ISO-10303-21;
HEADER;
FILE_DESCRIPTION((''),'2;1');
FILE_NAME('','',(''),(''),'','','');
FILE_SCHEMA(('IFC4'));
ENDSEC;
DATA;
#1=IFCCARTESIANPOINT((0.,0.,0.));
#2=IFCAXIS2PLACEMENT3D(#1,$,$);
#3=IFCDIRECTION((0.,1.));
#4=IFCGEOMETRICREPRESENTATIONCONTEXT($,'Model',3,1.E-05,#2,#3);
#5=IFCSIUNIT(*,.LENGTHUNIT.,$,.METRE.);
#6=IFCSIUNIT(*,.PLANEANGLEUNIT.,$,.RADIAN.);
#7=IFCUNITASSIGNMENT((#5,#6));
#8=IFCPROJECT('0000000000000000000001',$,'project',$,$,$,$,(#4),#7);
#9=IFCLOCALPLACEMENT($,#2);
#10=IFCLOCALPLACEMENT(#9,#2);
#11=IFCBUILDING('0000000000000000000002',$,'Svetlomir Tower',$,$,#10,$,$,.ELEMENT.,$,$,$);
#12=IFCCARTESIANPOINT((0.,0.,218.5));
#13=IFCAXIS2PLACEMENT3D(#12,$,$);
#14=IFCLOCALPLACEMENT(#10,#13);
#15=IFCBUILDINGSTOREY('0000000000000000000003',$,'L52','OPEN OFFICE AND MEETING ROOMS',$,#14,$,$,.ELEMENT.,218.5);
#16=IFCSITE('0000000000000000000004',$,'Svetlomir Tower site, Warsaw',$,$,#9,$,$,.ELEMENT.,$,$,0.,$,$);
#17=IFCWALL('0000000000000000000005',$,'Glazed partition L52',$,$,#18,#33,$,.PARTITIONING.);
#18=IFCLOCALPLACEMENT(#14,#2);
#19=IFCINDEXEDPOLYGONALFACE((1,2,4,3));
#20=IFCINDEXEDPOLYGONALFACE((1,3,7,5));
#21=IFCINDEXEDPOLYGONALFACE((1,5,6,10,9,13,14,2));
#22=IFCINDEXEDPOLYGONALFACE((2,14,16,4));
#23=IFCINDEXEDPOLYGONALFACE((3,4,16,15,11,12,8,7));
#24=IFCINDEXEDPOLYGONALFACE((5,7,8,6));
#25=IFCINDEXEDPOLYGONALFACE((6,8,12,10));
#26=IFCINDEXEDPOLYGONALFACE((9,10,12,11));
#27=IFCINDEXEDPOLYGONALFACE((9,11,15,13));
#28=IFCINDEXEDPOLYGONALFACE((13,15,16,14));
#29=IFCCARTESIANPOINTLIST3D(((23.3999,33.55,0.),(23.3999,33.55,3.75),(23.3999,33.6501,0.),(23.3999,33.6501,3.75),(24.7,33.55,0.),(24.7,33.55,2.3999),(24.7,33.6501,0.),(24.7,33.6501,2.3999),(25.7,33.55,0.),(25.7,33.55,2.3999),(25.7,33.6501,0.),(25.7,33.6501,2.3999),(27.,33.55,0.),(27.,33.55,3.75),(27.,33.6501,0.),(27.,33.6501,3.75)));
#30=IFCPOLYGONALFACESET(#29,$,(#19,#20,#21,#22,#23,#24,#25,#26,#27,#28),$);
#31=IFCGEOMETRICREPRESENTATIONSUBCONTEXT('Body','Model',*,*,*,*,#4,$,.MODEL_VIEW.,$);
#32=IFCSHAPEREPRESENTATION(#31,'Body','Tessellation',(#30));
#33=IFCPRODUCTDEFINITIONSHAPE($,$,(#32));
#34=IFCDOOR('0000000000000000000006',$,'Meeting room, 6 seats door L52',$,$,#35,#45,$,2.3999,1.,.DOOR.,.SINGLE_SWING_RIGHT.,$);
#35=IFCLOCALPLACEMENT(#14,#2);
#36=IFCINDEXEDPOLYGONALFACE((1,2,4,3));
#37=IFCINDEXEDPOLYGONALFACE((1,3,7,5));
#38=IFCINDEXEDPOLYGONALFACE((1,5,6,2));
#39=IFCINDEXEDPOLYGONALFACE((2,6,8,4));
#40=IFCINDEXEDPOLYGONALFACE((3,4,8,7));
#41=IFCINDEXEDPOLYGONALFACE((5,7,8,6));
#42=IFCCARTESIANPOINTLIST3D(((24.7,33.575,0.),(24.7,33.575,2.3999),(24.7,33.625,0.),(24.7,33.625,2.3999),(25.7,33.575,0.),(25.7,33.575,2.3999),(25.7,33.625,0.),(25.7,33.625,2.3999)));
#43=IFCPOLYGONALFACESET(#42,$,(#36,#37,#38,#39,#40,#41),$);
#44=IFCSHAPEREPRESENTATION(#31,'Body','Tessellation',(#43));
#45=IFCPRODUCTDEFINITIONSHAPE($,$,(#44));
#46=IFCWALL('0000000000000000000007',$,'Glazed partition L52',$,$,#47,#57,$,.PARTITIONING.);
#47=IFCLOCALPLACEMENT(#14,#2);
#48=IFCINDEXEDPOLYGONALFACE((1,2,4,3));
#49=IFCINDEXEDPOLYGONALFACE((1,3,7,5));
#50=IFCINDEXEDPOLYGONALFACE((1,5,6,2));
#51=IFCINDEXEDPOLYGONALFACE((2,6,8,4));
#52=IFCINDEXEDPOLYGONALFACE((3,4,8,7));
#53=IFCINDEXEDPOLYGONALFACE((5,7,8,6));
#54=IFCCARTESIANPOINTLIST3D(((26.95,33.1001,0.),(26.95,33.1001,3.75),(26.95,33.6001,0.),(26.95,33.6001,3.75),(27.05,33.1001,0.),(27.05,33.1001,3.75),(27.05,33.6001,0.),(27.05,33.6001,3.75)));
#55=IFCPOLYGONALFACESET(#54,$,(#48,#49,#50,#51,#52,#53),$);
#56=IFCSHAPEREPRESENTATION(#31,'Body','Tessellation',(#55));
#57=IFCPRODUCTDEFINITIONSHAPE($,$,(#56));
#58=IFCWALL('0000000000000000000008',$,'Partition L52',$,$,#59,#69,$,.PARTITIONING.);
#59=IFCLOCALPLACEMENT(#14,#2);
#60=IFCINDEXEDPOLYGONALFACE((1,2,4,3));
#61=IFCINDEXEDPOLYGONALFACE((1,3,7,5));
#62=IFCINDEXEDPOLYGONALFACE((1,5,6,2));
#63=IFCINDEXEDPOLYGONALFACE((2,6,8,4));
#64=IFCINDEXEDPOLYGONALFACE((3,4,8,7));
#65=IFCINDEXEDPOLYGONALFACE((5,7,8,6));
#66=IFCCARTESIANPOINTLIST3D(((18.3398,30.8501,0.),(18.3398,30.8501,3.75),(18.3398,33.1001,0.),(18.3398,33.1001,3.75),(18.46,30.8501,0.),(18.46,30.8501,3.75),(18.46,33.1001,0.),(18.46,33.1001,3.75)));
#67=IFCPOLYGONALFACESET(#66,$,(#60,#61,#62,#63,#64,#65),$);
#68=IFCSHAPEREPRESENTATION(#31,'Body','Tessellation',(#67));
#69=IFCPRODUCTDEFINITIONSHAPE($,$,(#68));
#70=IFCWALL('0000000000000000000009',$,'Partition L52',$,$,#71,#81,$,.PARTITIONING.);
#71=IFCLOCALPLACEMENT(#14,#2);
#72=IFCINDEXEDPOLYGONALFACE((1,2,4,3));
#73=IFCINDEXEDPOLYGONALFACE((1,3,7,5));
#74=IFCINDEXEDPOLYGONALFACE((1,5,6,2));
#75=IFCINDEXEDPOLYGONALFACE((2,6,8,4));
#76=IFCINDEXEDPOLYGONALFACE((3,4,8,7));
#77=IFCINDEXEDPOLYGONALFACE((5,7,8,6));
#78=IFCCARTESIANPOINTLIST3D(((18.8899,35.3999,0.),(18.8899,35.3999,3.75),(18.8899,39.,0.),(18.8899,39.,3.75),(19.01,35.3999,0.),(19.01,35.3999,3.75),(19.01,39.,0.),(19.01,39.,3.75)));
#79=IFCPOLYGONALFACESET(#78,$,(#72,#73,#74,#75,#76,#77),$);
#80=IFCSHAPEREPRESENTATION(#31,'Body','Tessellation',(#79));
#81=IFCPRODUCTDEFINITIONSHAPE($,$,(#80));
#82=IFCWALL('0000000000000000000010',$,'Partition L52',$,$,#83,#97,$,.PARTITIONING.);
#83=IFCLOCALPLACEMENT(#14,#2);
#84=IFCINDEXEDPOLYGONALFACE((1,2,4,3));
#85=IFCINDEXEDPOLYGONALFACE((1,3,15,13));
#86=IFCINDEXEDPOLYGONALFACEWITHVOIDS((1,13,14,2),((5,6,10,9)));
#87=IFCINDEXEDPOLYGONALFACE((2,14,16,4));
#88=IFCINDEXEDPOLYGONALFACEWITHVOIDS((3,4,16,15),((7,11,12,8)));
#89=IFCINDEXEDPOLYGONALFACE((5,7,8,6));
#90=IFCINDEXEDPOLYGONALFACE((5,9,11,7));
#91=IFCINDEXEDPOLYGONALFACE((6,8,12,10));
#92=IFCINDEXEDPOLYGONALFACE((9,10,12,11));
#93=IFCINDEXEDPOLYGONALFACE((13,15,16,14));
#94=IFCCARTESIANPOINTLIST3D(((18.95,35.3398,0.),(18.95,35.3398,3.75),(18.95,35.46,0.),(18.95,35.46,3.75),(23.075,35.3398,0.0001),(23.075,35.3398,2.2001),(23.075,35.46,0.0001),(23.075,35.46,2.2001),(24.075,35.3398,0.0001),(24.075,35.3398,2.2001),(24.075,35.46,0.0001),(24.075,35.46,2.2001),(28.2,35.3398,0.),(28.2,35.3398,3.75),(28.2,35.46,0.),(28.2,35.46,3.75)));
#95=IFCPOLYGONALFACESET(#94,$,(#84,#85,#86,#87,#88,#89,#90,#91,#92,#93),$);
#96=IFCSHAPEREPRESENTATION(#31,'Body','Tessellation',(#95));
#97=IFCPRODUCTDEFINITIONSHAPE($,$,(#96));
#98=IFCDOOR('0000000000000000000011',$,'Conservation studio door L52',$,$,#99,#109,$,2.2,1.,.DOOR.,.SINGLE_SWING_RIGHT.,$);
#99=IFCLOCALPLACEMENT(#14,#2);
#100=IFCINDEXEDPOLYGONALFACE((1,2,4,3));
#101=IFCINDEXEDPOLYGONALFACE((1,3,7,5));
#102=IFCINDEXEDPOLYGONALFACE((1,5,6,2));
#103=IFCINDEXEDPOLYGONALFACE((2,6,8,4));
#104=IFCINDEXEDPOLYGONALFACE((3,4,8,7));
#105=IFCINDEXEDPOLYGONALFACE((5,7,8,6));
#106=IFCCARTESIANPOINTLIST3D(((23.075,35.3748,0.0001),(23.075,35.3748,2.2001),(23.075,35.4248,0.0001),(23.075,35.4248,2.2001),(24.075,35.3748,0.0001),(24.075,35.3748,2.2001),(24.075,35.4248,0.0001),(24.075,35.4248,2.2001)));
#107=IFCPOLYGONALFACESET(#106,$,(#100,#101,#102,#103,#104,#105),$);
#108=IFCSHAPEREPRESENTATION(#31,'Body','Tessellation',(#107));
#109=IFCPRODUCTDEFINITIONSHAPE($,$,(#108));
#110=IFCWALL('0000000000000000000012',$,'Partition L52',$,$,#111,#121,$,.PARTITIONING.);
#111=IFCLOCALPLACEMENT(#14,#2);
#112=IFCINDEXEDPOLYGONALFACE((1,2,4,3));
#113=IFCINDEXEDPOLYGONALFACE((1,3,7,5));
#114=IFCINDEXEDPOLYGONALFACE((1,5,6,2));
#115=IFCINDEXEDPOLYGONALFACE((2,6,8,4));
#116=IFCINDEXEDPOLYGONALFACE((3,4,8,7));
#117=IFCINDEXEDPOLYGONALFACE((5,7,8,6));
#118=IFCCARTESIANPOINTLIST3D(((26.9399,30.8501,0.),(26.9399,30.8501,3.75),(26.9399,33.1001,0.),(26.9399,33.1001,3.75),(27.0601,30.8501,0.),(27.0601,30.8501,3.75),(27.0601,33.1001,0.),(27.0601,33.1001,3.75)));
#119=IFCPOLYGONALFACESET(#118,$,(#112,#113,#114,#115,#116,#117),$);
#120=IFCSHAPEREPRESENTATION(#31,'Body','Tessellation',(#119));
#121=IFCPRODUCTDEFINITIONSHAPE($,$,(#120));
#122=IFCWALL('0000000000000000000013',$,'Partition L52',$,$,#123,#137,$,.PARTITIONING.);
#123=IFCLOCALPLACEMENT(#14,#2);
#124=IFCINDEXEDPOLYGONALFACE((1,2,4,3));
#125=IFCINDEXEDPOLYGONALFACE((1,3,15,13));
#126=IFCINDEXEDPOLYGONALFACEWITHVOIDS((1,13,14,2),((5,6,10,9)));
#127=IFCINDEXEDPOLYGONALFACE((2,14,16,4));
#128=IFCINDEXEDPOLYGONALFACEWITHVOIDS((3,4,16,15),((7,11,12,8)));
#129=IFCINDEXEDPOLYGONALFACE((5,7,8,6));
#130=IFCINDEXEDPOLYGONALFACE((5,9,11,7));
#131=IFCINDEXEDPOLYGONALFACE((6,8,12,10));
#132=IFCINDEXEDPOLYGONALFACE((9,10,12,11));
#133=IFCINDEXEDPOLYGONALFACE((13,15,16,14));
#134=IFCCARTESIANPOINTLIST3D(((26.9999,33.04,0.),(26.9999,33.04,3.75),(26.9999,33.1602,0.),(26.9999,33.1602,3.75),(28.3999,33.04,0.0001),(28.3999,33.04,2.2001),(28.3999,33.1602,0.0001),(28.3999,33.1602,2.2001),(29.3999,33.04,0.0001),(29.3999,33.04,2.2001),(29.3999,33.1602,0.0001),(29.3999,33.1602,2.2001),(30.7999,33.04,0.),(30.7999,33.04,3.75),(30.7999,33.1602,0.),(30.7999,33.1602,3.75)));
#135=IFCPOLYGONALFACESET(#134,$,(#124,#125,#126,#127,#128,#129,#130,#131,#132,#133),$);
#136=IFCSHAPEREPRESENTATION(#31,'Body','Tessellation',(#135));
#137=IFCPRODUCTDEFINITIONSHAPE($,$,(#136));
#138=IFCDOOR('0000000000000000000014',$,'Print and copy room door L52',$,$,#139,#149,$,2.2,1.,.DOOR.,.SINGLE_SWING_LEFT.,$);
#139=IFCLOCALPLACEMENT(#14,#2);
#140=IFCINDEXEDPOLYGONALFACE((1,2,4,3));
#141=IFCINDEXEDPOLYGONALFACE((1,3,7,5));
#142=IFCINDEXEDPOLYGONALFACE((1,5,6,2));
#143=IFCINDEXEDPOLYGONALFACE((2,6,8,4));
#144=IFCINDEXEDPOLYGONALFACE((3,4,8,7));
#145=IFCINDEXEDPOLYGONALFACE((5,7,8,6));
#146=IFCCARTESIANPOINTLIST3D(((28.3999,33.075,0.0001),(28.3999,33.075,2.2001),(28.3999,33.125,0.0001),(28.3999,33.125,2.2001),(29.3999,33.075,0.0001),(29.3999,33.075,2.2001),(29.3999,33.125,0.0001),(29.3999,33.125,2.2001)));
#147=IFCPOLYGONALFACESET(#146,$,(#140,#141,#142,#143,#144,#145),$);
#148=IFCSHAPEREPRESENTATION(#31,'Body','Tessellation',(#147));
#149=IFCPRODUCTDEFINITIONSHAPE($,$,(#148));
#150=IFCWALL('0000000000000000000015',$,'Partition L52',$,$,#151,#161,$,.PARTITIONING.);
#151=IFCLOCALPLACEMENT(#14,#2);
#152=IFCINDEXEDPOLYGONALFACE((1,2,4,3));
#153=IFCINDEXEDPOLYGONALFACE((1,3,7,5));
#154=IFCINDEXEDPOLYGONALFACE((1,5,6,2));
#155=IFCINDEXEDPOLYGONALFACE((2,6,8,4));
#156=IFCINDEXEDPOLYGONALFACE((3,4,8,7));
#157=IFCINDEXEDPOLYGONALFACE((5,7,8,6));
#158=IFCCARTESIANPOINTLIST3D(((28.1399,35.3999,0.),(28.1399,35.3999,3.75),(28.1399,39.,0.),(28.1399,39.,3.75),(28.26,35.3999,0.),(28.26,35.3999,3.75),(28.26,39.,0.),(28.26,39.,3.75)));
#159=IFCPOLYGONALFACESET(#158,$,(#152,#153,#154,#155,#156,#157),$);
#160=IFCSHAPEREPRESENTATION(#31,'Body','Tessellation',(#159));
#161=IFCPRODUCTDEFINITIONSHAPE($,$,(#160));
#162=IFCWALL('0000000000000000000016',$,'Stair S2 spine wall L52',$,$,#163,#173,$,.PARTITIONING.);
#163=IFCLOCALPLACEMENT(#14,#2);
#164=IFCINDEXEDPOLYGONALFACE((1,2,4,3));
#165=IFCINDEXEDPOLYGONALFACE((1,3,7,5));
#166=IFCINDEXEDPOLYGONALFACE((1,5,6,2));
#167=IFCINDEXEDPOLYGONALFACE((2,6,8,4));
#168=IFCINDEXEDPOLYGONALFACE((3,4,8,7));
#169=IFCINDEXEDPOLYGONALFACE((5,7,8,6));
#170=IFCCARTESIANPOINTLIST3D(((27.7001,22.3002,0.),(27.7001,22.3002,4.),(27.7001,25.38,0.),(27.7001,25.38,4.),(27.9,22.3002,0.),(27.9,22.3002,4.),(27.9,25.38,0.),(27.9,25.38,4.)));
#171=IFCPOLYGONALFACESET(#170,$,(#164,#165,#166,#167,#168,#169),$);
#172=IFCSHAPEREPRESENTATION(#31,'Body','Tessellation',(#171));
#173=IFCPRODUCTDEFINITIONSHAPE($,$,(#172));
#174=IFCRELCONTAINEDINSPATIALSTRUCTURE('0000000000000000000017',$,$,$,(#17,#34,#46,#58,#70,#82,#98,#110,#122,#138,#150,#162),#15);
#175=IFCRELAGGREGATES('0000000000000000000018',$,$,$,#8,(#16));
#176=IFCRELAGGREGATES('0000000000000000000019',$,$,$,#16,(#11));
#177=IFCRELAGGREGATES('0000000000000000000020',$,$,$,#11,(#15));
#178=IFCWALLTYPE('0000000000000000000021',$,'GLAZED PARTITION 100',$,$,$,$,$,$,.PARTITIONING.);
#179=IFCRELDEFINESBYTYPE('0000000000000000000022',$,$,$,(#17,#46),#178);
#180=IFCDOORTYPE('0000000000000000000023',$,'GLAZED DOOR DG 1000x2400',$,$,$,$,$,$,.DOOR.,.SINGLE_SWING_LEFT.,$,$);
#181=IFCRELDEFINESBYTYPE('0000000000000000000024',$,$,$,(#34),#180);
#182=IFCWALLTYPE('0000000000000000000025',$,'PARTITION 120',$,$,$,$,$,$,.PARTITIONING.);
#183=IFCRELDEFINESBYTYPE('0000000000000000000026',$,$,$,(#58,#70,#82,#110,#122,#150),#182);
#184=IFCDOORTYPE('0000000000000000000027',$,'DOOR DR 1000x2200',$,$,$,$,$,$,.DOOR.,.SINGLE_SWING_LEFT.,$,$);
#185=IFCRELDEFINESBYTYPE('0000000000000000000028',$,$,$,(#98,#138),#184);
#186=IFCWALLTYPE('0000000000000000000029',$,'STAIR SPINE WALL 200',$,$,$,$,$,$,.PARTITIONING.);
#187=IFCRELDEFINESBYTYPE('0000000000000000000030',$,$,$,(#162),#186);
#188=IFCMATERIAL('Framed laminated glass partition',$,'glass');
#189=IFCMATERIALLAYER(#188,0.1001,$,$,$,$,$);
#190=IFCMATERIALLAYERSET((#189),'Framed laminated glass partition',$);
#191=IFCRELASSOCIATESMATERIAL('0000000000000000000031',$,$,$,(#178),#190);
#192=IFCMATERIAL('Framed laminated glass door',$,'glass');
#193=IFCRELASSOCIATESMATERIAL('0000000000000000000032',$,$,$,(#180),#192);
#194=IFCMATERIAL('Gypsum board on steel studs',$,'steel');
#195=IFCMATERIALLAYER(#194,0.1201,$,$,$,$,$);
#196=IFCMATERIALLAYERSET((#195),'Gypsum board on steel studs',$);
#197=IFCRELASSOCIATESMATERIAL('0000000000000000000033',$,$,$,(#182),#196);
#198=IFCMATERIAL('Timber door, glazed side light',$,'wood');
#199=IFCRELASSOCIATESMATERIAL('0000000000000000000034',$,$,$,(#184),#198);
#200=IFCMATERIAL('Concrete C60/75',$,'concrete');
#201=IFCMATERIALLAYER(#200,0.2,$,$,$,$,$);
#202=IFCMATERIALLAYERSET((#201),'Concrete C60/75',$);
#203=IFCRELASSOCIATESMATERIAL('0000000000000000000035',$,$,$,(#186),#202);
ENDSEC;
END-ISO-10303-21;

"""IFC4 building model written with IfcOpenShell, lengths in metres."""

from ifc_helpers import new_model, si_unit, direction, frame, frame_2d, origin, place, context, subcontext, project, spatial, rectangle, extrude, material, layer, layer_set, type_object, element, fill, save


model = new_model("IFC4")

# Units and contexts
model_context = context("Model", 3, precision=1e-05, world=origin(), true_north=direction((0.0, 1.0)))
body_context = subcontext(model_context, "Body", "Model", "MODEL_VIEW")
ifc_project = project(units=[si_unit("LENGTHUNIT", "METRE"), si_unit("PLANEANGLEUNIT", "RADIAN")], contexts=[model_context])

# Site, building, storey
site_placement = place(None, origin())
site = spatial("IfcSite", under=ifc_project, at=site_placement, Name="Svetlomir Tower site, Warsaw", CompositionType="ELEMENT", RefElevation=0.0)
building_placement = place(site_placement, origin())
building = spatial("IfcBuilding", under=site, at=building_placement, Name="Svetlomir Tower", CompositionType="ELEMENT")
storey_placement = place(building_placement, frame((0.0, 0.0, 218.5)))
storey = spatial("IfcBuildingStorey", under=building, at=storey_placement, Name="L52", Description="OPEN OFFICE AND MEETING ROOMS", CompositionType="ELEMENT", Elevation=218.5)

# Shared definitions
ifc_material_1 = material(Name="Framed laminated glass partition", Category="glass")
ifc_layer_1 = layer(ifc_material_1, 0.1001)
ifc_layer_set_1 = layer_set([ifc_layer_1], Name="Framed laminated glass partition")
wall_type_1 = type_object("IfcWallType", Name="GLAZED PARTITION 100", PredefinedType="PARTITIONING", material=ifc_layer_set_1)

# Wall, opening, door
wall_1_placement = place(storey_placement, frame((23.3999, 33.6001, 0.0), z_axis=(0.0, 0.0, 1.0), x_axis=(1.0, 0.0, 0.0)))
wall_1 = element("IfcWall", 1, at=wall_1_placement, inside=storey, type_object=wall_type_1, Name="Glazed partition L52", PredefinedType="PARTITIONING", context=body_context, shape_type="SweptSolid", body=[
    extrude(rectangle(XDim=3.6001, YDim=0.1001, at=frame_2d((1.8, 0.0))), origin(), (0.0, 0.0, 1.0), 3.75),
])
opening_1_placement = place(wall_1_placement, frame((1.3, 0.0, 0.0)))
opening_1 = element("IfcOpeningElement", 2, at=opening_1_placement, cuts=wall_1, PredefinedType="OPENING", context=body_context, shape_type="SweptSolid", body=[
    extrude(rectangle(XDim=1.0, YDim=2.3999, at=frame_2d((0.5, 1.2))), frame((0.0, 0.0601, 0.0), z_axis=(0.0, -1.0, 0.0), x_axis=(1.0, 0.0, 0.0)), (0.0, 0.0, 1.0), 0.1201),
])
ifc_material_2 = material(Name="Framed laminated glass door", Category="glass")
door_type_1 = type_object("IfcDoorType", Name="GLAZED DOOR DG 1000x2400", OperationType="SINGLE_SWING_LEFT", PredefinedType="DOOR", material=ifc_material_2)
door_1_placement = place(opening_1_placement, origin())
door_1 = element("IfcDoor", 3, at=door_1_placement, inside=storey, type_object=door_type_1, Name="Meeting room, 6 seats door L52", OperationType="SINGLE_SWING_RIGHT", OverallHeight=2.3999, OverallWidth=1.0, PredefinedType="DOOR", context=body_context, shape_type="SweptSolid", body=[
    extrude(rectangle(XDim=1.0, YDim=2.3999, at=frame_2d((0.5, 1.2))), frame((0.0, 0.0249, 0.0), z_axis=(0.0, -1.0, 0.0), x_axis=(1.0, 0.0, 0.0)), (0.0, 0.0, 1.0), 0.05),
])
fill(opening_1, door_1)

# Walls
wall_2_placement = place(storey_placement, frame((27.0, 33.1001, 0.0), z_axis=(0.0, 0.0, 1.0), x_axis=(0.0, 1.0, 0.0)))
element("IfcWall", 4, at=wall_2_placement, inside=storey, type_object=wall_type_1, Name="Glazed partition L52", PredefinedType="PARTITIONING", context=body_context, shape_type="SweptSolid", body=[
    extrude(rectangle(XDim=0.5, YDim=0.1001, at=frame_2d((0.25, 0.0))), origin(), (0.0, 0.0, 1.0), 3.75),
])
ifc_material_3 = material(Name="Gypsum board on steel studs", Category="steel")
ifc_layer_2 = layer(ifc_material_3, 0.1201)
ifc_layer_set_2 = layer_set([ifc_layer_2], Name="Gypsum board on steel studs")
wall_type_2 = type_object("IfcWallType", Name="PARTITION 120", PredefinedType="PARTITIONING", material=ifc_layer_set_2)
wall_3_placement = place(storey_placement, frame((18.3999, 30.8501, 0.0), z_axis=(0.0, 0.0, 1.0), x_axis=(0.0, 1.0, 0.0)))
element("IfcWall", 5, at=wall_3_placement, inside=storey, type_object=wall_type_2, Name="Partition L52", PredefinedType="PARTITIONING", context=body_context, shape_type="SweptSolid", body=[
    extrude(rectangle(XDim=2.25, YDim=0.1201, at=frame_2d((1.125, 0.0))), origin(), (0.0, 0.0, 1.0), 3.75),
])
wall_4_placement = place(storey_placement, frame((18.95, 35.3999, 0.0), z_axis=(0.0, 0.0, 1.0), x_axis=(0.0, 1.0, 0.0)))
element("IfcWall", 6, at=wall_4_placement, inside=storey, type_object=wall_type_2, Name="Partition L52", PredefinedType="PARTITIONING", context=body_context, shape_type="SweptSolid", body=[
    extrude(rectangle(XDim=3.6001, YDim=0.1201, at=frame_2d((1.8, 0.0))), origin(), (0.0, 0.0, 1.0), 3.75),
])

# Wall, opening, door
wall_5_placement = place(storey_placement, frame((18.95, 35.3999, 0.0), z_axis=(0.0, 0.0, 1.0), x_axis=(1.0, 0.0, 0.0)))
wall_5 = element("IfcWall", 7, at=wall_5_placement, inside=storey, type_object=wall_type_2, Name="Partition L52", PredefinedType="PARTITIONING", context=body_context, shape_type="SweptSolid", body=[
    extrude(rectangle(XDim=9.25, YDim=0.1201, at=frame_2d((4.625, 0.0))), origin(), (0.0, 0.0, 1.0), 3.75),
])
opening_2_placement = place(wall_5_placement, frame((4.125, 0.0, 0.0)))
opening_2 = element("IfcOpeningElement", 8, at=opening_2_placement, cuts=wall_5, PredefinedType="OPENING", context=body_context, shape_type="SweptSolid", body=[
    extrude(rectangle(XDim=1.0, YDim=2.2, at=frame_2d((0.5, 1.1001))), frame((0.0, 0.0701, 0.0), z_axis=(0.0, -1.0, 0.0), x_axis=(1.0, 0.0, 0.0)), (0.0, 0.0, 1.0), 0.1401),
])
ifc_material_4 = material(Name="Timber door, glazed side light", Category="wood")
door_type_2 = type_object("IfcDoorType", Name="DOOR DR 1000x2200", OperationType="SINGLE_SWING_LEFT", PredefinedType="DOOR", material=ifc_material_4)
door_2_placement = place(opening_2_placement, origin())
door_2 = element("IfcDoor", 9, at=door_2_placement, inside=storey, type_object=door_type_2, Name="Conservation studio door L52", OperationType="SINGLE_SWING_RIGHT", OverallHeight=2.2, OverallWidth=1.0, PredefinedType="DOOR", context=body_context, shape_type="SweptSolid", body=[
    extrude(rectangle(XDim=1.0, YDim=2.2, at=frame_2d((0.5, 1.1001))), frame((0.0, 0.0249, 0.0), z_axis=(0.0, -1.0, 0.0), x_axis=(1.0, 0.0, 0.0)), (0.0, 0.0, 1.0), 0.05),
])
fill(opening_2, door_2)

# Wall
wall_6_placement = place(storey_placement, frame((27.0, 30.8501, 0.0), z_axis=(0.0, 0.0, 1.0), x_axis=(0.0, 1.0, 0.0)))
element("IfcWall", 10, at=wall_6_placement, inside=storey, type_object=wall_type_2, Name="Partition L52", PredefinedType="PARTITIONING", context=body_context, shape_type="SweptSolid", body=[
    extrude(rectangle(XDim=2.25, YDim=0.1201, at=frame_2d((1.125, 0.0))), origin(), (0.0, 0.0, 1.0), 3.75),
])

# Wall, opening, door
wall_7_placement = place(storey_placement, frame((27.0, 33.1001, 0.0), z_axis=(0.0, 0.0, 1.0), x_axis=(1.0, 0.0, 0.0)))
wall_7 = element("IfcWall", 11, at=wall_7_placement, inside=storey, type_object=wall_type_2, Name="Partition L52", PredefinedType="PARTITIONING", context=body_context, shape_type="SweptSolid", body=[
    extrude(rectangle(XDim=3.8, YDim=0.1201, at=frame_2d((1.8999, 0.0))), origin(), (0.0, 0.0, 1.0), 3.75),
])
opening_3_placement = place(wall_7_placement, frame((1.3999, 0.0, 0.0)))
opening_3 = element("IfcOpeningElement", 12, at=opening_3_placement, cuts=wall_7, PredefinedType="OPENING", context=body_context, shape_type="SweptSolid", body=[
    extrude(rectangle(XDim=1.0, YDim=2.2, at=frame_2d((0.5, 1.1001))), frame((0.0, 0.0701, 0.0), z_axis=(0.0, -1.0, 0.0), x_axis=(1.0, 0.0, 0.0)), (0.0, 0.0, 1.0), 0.1401),
])
door_3_placement = place(opening_3_placement, origin())
door_3 = element("IfcDoor", 13, at=door_3_placement, inside=storey, type_object=door_type_2, Name="Print and copy room door L52", OperationType="SINGLE_SWING_LEFT", OverallHeight=2.2, OverallWidth=1.0, PredefinedType="DOOR", context=body_context, shape_type="SweptSolid", body=[
    extrude(rectangle(XDim=1.0, YDim=2.2, at=frame_2d((0.5, 1.1001))), frame((0.0, 0.0249, 0.0), z_axis=(0.0, -1.0, 0.0), x_axis=(1.0, 0.0, 0.0)), (0.0, 0.0, 1.0), 0.05),
])
fill(opening_3, door_3)

# Walls
wall_8_placement = place(storey_placement, frame((28.2, 35.3999, 0.0), z_axis=(0.0, 0.0, 1.0), x_axis=(0.0, 1.0, 0.0)))
element("IfcWall", 14, at=wall_8_placement, inside=storey, type_object=wall_type_2, Name="Partition L52", PredefinedType="PARTITIONING", context=body_context, shape_type="SweptSolid", body=[
    extrude(rectangle(XDim=3.6001, YDim=0.1201, at=frame_2d((1.8, 0.0))), origin(), (0.0, 0.0, 1.0), 3.75),
])
ifc_material_5 = material(Name="Concrete C60/75", Category="concrete")
ifc_layer_3 = layer(ifc_material_5, 0.2)
ifc_layer_set_3 = layer_set([ifc_layer_3], Name="Concrete C60/75")
wall_type_3 = type_object("IfcWallType", Name="STAIR SPINE WALL 200", PredefinedType="PARTITIONING", material=ifc_layer_set_3)
wall_9_placement = place(storey_placement, frame((27.8, 22.3, 0.0), z_axis=(0.0, 0.0, 1.0), x_axis=(0.0, 1.0, 0.0)))
element("IfcWall", 15, at=wall_9_placement, inside=storey, type_object=wall_type_3, Name="Stair S2 spine wall L52", PredefinedType="PARTITIONING", context=body_context, shape_type="SweptSolid", body=[
    extrude(rectangle(XDim=3.0798, YDim=0.2, at=frame_2d((1.54, 0.0))), origin(), (0.0, 0.0, 1.0), 4.0),
])

save(model, "model.ifc")
